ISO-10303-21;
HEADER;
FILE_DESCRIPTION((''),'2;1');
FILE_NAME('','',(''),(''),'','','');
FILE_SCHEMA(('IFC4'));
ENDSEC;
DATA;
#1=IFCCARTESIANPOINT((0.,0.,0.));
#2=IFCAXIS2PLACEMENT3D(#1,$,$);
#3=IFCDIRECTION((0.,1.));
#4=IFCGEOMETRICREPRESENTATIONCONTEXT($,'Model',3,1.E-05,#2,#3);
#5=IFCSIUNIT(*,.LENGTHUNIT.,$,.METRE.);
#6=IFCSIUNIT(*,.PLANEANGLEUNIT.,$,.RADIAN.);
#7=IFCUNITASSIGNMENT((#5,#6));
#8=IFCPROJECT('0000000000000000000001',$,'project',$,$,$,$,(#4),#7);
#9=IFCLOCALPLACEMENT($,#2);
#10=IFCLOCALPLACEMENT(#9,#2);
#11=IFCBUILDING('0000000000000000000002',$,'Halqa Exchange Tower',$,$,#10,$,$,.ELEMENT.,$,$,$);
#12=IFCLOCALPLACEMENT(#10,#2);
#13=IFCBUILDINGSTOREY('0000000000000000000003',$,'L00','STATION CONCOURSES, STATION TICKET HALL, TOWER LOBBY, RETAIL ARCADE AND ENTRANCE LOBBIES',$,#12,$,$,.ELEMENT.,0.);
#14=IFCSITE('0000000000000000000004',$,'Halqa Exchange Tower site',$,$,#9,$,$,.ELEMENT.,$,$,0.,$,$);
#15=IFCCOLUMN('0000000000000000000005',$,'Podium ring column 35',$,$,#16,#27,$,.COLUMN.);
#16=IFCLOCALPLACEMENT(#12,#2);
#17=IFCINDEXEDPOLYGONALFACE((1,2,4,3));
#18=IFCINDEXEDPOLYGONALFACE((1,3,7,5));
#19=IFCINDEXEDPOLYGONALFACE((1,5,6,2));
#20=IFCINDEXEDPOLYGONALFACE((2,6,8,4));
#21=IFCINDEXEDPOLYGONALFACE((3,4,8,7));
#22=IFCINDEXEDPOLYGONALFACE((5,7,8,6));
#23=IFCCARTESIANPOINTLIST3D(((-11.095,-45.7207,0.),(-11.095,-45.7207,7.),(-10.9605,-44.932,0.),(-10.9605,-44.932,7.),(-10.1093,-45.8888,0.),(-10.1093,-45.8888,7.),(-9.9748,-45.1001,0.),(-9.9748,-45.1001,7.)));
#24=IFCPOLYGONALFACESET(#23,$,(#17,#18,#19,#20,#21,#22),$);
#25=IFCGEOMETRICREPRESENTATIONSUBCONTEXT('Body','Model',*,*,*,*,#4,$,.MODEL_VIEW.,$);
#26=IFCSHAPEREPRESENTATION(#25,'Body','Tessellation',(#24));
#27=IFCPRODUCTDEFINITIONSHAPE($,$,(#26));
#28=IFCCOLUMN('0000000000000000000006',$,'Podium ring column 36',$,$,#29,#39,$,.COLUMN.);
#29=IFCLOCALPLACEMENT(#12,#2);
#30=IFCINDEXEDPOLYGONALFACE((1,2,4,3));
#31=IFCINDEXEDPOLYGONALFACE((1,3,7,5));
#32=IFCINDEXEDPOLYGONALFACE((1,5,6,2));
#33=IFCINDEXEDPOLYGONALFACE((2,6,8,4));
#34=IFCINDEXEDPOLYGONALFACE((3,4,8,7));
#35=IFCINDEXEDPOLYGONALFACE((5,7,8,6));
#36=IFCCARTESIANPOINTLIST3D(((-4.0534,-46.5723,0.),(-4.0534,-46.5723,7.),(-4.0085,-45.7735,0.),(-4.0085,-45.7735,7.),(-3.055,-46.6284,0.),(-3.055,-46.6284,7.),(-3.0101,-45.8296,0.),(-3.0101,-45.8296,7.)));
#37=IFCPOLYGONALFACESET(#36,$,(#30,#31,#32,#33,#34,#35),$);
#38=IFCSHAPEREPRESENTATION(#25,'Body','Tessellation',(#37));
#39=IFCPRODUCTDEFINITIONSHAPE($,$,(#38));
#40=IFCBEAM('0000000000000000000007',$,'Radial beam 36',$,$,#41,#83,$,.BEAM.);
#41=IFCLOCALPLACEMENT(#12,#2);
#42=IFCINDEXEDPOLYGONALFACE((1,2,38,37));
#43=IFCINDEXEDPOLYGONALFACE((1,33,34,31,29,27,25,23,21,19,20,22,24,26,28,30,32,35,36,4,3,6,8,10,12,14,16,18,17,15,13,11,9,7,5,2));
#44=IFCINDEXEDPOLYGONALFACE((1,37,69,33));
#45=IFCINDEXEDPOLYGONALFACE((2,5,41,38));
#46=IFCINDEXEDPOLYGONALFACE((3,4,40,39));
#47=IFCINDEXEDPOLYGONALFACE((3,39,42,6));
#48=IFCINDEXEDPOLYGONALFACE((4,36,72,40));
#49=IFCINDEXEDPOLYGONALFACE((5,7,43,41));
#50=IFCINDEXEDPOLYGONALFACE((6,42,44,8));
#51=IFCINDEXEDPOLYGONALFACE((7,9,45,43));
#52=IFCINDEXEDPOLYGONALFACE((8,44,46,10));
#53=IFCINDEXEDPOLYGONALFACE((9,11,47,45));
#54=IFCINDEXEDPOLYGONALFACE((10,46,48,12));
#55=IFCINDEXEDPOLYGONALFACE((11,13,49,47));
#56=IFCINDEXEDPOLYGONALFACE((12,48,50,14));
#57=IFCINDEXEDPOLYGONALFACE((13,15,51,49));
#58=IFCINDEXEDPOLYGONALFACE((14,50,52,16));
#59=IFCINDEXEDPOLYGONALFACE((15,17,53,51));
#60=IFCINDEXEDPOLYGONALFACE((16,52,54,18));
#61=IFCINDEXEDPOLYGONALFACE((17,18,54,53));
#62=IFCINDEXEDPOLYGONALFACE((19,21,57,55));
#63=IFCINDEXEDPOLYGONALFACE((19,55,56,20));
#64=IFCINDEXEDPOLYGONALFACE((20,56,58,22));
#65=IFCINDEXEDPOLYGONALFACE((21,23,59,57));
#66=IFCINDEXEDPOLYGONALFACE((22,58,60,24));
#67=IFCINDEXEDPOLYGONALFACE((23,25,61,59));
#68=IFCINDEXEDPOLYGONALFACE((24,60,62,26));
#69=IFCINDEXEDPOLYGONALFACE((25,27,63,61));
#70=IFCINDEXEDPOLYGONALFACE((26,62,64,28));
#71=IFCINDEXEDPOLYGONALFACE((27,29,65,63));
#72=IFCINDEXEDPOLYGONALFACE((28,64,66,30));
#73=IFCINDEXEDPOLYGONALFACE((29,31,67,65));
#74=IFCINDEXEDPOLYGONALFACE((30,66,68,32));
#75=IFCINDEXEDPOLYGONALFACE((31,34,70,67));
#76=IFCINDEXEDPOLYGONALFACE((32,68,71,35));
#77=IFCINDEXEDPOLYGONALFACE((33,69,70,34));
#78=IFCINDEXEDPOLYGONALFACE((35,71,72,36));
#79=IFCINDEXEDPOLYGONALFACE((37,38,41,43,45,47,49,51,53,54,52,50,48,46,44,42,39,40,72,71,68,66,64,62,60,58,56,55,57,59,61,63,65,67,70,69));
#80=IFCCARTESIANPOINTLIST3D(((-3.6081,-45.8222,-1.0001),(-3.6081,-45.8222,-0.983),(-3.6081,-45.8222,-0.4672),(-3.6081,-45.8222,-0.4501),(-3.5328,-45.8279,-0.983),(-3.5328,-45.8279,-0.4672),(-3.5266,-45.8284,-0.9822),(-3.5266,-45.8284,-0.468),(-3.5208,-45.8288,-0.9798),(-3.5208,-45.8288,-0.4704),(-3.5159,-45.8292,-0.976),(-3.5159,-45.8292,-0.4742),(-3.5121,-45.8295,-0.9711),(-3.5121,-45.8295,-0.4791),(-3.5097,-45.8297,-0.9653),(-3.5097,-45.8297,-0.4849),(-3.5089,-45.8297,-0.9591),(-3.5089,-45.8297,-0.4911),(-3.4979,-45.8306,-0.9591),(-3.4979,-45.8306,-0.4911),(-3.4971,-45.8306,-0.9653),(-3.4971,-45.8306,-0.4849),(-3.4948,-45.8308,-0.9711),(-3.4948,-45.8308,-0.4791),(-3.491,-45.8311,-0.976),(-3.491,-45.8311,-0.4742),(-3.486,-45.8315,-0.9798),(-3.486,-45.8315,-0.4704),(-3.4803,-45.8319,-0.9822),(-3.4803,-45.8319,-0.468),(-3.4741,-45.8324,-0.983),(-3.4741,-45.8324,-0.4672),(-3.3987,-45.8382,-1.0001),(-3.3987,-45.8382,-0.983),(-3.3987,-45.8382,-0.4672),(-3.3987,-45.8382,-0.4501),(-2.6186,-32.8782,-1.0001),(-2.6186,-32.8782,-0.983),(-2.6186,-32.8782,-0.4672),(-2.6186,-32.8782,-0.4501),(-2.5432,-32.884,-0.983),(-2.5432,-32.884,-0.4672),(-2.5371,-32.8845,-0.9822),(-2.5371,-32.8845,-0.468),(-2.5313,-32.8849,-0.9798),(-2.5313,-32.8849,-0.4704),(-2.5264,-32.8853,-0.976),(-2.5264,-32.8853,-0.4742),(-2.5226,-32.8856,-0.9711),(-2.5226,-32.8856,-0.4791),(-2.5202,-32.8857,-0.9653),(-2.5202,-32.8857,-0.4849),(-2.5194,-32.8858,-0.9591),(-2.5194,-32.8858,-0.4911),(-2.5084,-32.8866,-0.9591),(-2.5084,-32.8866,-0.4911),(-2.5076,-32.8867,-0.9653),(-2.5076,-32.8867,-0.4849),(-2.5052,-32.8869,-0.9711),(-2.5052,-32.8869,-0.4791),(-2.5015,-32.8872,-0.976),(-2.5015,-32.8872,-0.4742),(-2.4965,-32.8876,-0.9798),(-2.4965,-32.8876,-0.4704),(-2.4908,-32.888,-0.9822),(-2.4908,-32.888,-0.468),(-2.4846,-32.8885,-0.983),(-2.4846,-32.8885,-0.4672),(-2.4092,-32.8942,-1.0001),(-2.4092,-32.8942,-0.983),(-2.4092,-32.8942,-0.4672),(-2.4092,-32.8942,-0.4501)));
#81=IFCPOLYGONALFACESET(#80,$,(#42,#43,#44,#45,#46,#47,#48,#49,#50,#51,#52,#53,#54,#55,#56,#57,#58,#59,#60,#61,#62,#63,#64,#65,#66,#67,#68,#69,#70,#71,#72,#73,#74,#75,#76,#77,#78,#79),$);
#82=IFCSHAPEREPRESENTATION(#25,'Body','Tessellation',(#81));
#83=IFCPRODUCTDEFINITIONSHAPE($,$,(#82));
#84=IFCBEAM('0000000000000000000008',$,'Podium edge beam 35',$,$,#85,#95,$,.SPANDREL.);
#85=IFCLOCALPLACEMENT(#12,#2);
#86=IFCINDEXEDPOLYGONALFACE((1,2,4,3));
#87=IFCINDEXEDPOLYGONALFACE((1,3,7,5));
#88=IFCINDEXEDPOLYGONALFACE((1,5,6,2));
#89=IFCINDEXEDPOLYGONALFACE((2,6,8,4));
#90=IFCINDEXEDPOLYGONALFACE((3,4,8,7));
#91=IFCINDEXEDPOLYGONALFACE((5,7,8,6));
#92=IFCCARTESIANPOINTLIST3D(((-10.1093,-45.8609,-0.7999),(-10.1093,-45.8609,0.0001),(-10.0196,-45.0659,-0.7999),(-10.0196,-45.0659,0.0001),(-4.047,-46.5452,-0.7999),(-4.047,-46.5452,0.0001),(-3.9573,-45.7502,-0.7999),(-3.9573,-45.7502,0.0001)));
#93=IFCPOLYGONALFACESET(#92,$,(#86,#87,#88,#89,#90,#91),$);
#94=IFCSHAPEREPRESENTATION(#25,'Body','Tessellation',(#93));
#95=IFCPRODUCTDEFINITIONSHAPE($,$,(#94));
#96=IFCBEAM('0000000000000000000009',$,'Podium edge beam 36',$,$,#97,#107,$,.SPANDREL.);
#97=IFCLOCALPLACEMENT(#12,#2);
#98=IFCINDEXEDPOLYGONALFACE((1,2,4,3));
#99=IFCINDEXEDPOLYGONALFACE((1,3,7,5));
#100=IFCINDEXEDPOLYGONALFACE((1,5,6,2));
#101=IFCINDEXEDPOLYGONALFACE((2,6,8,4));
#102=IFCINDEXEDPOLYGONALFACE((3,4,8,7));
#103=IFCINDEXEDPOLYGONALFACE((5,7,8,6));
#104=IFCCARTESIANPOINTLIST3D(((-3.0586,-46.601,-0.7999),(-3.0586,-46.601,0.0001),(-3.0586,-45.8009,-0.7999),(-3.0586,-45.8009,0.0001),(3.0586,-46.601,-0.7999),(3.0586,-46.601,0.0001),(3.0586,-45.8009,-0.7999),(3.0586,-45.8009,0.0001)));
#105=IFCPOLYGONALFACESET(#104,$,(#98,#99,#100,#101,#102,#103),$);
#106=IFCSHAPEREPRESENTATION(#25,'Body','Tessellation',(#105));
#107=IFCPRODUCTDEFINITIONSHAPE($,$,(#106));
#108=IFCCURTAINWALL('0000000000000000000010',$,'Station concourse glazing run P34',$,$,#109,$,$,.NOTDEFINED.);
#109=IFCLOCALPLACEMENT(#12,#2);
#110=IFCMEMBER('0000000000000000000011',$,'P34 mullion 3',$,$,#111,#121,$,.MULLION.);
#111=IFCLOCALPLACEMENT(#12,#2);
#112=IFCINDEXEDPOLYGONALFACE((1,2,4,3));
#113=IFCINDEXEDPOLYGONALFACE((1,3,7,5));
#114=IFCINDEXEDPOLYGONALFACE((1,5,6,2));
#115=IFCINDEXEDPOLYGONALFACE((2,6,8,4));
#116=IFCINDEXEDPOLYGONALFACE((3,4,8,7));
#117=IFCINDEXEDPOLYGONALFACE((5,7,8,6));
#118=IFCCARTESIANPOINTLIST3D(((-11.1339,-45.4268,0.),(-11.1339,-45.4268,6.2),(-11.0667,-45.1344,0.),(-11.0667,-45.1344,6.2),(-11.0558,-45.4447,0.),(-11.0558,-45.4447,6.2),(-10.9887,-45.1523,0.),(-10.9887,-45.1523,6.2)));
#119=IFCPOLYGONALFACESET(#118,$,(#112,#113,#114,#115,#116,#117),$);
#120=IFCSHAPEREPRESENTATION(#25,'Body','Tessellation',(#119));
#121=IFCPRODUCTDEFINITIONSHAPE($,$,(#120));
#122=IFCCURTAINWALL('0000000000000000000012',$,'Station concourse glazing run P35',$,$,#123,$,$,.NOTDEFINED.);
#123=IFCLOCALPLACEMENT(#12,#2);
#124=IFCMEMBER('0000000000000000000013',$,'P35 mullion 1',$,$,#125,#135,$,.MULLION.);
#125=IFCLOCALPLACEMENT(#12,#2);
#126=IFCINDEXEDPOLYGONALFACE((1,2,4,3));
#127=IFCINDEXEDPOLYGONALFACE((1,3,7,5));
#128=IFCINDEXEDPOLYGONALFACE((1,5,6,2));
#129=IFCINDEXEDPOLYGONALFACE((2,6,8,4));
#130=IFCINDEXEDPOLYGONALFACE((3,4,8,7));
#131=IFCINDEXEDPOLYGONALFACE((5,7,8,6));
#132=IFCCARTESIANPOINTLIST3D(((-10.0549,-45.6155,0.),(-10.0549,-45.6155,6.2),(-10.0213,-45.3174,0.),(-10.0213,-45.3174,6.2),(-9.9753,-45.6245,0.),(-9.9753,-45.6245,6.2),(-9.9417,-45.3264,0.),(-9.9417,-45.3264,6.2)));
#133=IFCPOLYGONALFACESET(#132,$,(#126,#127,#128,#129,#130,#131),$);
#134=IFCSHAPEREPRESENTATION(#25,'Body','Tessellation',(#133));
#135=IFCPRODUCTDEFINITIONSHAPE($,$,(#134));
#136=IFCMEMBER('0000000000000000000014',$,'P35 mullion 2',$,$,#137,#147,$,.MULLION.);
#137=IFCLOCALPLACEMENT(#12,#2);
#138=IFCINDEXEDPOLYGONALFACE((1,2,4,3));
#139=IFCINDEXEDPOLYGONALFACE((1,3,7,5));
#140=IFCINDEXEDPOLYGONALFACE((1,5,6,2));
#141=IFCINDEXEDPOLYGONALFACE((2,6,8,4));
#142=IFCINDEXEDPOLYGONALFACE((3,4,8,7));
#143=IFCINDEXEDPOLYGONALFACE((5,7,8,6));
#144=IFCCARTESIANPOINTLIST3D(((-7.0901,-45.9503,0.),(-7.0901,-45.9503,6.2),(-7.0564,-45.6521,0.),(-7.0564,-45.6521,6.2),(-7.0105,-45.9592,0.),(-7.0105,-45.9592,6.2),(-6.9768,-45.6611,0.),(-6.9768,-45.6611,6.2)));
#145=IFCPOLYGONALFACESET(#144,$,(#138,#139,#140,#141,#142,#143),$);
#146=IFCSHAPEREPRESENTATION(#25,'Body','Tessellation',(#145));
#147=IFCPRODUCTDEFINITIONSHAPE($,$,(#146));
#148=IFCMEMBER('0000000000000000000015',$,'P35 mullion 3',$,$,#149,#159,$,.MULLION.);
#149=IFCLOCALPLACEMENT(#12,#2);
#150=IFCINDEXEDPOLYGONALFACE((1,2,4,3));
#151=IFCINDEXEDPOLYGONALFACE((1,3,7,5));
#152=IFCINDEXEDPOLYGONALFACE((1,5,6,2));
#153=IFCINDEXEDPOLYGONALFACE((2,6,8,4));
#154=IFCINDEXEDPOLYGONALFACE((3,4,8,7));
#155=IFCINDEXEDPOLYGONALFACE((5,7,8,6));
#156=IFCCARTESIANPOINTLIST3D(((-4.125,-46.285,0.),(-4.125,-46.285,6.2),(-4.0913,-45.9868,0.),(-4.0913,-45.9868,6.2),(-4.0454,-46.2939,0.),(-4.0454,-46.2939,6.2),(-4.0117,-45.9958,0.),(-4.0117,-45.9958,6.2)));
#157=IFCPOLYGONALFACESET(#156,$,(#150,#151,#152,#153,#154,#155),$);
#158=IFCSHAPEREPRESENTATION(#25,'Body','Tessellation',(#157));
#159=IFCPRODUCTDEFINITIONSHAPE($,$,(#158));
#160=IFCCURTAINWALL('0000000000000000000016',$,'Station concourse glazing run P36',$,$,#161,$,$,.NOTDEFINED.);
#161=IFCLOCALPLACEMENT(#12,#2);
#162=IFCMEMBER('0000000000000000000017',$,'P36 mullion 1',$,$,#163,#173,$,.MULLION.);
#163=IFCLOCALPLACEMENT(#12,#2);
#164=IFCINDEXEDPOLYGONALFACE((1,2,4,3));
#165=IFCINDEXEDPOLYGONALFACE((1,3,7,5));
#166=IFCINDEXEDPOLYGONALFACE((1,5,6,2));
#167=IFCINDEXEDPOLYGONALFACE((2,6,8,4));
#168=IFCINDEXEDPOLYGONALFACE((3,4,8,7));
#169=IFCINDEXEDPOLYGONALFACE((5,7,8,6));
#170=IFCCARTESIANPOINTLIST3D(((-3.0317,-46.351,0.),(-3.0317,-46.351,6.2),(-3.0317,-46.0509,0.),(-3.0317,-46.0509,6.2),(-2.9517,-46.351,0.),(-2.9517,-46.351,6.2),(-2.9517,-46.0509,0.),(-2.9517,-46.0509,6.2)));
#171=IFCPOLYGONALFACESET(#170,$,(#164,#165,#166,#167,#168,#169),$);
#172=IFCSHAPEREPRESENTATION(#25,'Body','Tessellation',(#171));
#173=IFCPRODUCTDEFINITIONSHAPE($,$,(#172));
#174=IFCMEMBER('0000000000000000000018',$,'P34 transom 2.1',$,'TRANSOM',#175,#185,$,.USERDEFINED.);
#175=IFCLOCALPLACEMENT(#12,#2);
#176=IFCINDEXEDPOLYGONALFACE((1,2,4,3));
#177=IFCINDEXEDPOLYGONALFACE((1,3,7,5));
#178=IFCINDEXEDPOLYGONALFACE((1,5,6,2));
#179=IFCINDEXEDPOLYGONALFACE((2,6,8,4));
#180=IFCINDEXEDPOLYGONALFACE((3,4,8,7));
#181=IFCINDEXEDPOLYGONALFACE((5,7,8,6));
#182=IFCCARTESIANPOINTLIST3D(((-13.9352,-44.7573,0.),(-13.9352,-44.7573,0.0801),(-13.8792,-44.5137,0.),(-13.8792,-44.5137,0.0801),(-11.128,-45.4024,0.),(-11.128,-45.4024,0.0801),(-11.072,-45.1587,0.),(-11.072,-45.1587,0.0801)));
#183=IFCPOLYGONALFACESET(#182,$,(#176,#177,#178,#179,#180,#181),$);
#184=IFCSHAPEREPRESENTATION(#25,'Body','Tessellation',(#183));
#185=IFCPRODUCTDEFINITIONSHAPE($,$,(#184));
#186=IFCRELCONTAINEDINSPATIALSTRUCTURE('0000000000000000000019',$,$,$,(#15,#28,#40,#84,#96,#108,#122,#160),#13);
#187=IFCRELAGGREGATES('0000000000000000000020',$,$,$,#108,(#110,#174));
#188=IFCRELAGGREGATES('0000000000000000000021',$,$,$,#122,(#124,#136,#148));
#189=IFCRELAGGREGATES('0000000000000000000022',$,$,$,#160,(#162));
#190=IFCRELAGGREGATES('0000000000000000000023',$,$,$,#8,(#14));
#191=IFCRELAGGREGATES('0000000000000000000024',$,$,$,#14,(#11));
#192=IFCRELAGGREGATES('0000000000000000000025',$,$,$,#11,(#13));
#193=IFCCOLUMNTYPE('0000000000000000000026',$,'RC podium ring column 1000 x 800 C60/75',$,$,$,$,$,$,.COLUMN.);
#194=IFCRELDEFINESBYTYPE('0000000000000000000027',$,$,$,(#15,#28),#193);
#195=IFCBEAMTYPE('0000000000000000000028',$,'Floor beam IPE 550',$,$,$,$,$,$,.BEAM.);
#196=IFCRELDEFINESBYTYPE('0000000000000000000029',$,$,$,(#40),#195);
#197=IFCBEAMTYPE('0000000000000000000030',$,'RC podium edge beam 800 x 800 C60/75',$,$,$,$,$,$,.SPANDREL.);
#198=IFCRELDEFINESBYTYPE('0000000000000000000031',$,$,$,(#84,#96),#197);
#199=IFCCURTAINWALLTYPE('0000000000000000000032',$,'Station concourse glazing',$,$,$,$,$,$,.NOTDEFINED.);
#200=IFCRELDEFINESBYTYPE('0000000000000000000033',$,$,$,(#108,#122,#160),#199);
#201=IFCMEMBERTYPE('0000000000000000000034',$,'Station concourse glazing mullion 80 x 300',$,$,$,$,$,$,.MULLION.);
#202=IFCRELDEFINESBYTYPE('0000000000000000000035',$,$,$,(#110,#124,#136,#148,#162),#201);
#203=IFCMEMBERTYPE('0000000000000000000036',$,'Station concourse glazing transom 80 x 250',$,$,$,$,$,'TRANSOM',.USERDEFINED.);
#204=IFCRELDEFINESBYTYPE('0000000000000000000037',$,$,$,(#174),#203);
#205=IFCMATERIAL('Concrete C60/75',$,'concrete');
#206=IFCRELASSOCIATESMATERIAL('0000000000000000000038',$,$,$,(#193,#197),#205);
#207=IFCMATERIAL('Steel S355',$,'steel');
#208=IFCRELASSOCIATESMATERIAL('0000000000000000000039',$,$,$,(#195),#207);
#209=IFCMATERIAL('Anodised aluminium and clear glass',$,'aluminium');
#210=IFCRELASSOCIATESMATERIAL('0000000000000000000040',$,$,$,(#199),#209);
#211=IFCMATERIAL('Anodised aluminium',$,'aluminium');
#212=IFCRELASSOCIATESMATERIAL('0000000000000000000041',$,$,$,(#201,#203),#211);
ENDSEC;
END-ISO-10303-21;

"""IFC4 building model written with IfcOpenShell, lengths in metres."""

from ifc_helpers import new_model, si_unit, direction, frame, origin, origin_2d, place, context, subcontext, project, spatial, rectangle, i_section, extrude, material, material_profile, profile_set, type_object, element, aggregate, save


model = new_model("IFC4")

# Units and contexts
model_context = context("Model", 3, precision=1e-05, world=origin(), true_north=direction((0.0, 1.0)))
body_context = subcontext(model_context, "Body", "Model", "MODEL_VIEW")
ifc_project = project(units=[si_unit("LENGTHUNIT", "METRE"), si_unit("PLANEANGLEUNIT", "RADIAN")], contexts=[model_context])

# Site, building, storey
site_placement = place(None, origin())
site = spatial("IfcSite", under=ifc_project, at=site_placement, Name="Halqa Exchange Tower site", CompositionType="ELEMENT", RefElevation=0.0)
building_placement = place(site_placement, origin())
building = spatial("IfcBuilding", under=site, at=building_placement, Name="Halqa Exchange Tower", CompositionType="ELEMENT")
storey_placement = place(building_placement, origin())
storey = spatial("IfcBuildingStorey", under=building, at=storey_placement, Name="L00", Description="STATION CONCOURSES, STATION TICKET HALL, TOWER LOBBY, RETAIL ARCADE AND ENTRANCE LOBBIES", CompositionType="ELEMENT", Elevation=0.0)

# Columns
ifc_material_1 = material(Name="Concrete C60/75", Category="concrete")
ifc_material_profile_1 = material_profile(ifc_material_1, rectangle(XDim=1.0, YDim=0.8, at=origin_2d()), Name="1000 x 800")
ifc_profile_set_1 = profile_set([ifc_material_profile_1], Name="Concrete C60/75")
column_type = type_object("IfcColumnType", Name="RC podium ring column 1000 x 800 C60/75", PredefinedType="COLUMN", material=ifc_profile_set_1)
for number, where, z_axis, x_axis, name in (
    (1, (-10.5349, -45.4104, 0.0), (0.0, 0.0, 1.0), (0.985766, -0.168121, 0.0), "Podium ring column 35"),
    (2, (-3.5317, -46.2009, 0.0), (0.0, 0.0, 1.0), (0.998425, -0.056107, 0.0), "Podium ring column 36"),
):
    element("IfcColumn", number, at=place(storey_placement, frame(where, z_axis=z_axis, x_axis=x_axis)), inside=storey, type_object=column_type, Name=name, PredefinedType="COLUMN", context=body_context, shape_type="SweptSolid", body=[
        extrude(rectangle(XDim=1.0, YDim=0.8, at=origin_2d()), origin(), (0.0, 0.0, 1.0), 7.0),
    ])

# Beams
ifc_material_2 = material(Name="Steel S355", Category="steel")
ifc_material_profile_2 = material_profile(ifc_material_2, i_section(OverallWidth=0.21, OverallDepth=0.55, WebThickness=0.011, FlangeThickness=0.0171, FilletRadius=0.0239, at=origin_2d()), Name="IPE 550")
ifc_profile_set_2 = profile_set([ifc_material_profile_2], Name="Steel S355")
beam_type_1 = type_object("IfcBeamType", Name="Floor beam IPE 550", PredefinedType="BEAM", material=ifc_profile_set_2)
beam_1_placement = place(storey_placement, frame((-2.5139, -32.8862, -0.7251), z_axis=(-0.076223, -0.997091, 0.0), x_axis=(0.997091, -0.076223, 0.0)))
element("IfcBeam", 3, at=beam_1_placement, inside=storey, type_object=beam_type_1, Name="Radial beam 36", PredefinedType="BEAM", context=body_context, shape_type="SweptSolid", body=[
    extrude(i_section(OverallWidth=0.21, OverallDepth=0.55, WebThickness=0.011, FlangeThickness=0.0171, FilletRadius=0.0239, at=origin_2d()), origin(), (0.0, 0.0, 1.0), 12.9817),
])
ifc_material_profile_3 = material_profile(ifc_material_1, rectangle(XDim=0.8, YDim=0.8, at=origin_2d()), Name="800 x 800")
ifc_profile_set_3 = profile_set([ifc_material_profile_3], Name="Concrete C60/75")
beam_type_2 = type_object("IfcBeamType", Name="RC podium edge beam 800 x 800 C60/75", PredefinedType="SPANDREL", material=ifc_profile_set_3)
beam_2_placement = place(storey_placement, frame((-10.0645, -45.4634, -0.3999), z_axis=(0.993689, -0.112171, 0.0), x_axis=(0.112171, 0.993689, 0.0)))
element("IfcBeam", 4, at=beam_2_placement, inside=storey, type_object=beam_type_2, Name="Podium edge beam 35", PredefinedType="SPANDREL", context=body_context, shape_type="SweptSolid", body=[
    extrude(rectangle(XDim=0.8, YDim=0.8, at=origin_2d()), origin(), (0.0, 0.0, 1.0), 6.1008),
])
beam_3_placement = place(storey_placement, frame((-3.0586, -46.2009, -0.3999), z_axis=(1.0, 0.0, 0.0), x_axis=(0.0, 1.0, 0.0)))
element("IfcBeam", 5, at=beam_3_placement, inside=storey, type_object=beam_type_2, Name="Podium edge beam 36", PredefinedType="SPANDREL", context=body_context, shape_type="SweptSolid", body=[
    extrude(rectangle(XDim=0.8, YDim=0.8, at=origin_2d()), origin(), (0.0, 0.0, 1.0), 6.1172),
])

# Curtain wall, member
ifc_material_3 = material(Name="Anodised aluminium and clear glass", Category="aluminium")
curtain_wall_type = type_object("IfcCurtainWallType", Name="Station concourse glazing", PredefinedType="NOTDEFINED", material=ifc_material_3)
curtain_wall_1_placement = place(storey_placement, origin())
curtain_wall_1 = element("IfcCurtainWall", 6, at=curtain_wall_1_placement, inside=storey, type_object=curtain_wall_type, Name="Station concourse glazing run P34", PredefinedType="NOTDEFINED")
ifc_material_4 = material(Name="Anodised aluminium", Category="aluminium")
ifc_material_profile_4 = material_profile(ifc_material_4, rectangle(XDim=0.3, YDim=0.0801, at=origin_2d()), Name="AL 80x300")
ifc_profile_set_4 = profile_set([ifc_material_profile_4], Name="Anodised aluminium")
member_type_1 = type_object("IfcMemberType", Name="Station concourse glazing mullion 80 x 300", PredefinedType="MULLION", material=ifc_profile_set_4)
member_1_placement = place(storey_placement, frame((-11.0613, -45.2896, 0.0), z_axis=(0.0, 0.0, 1.0), x_axis=(0.223897, 0.974613, 0.0)))
member_1 = element("IfcMember", 7, at=member_1_placement, type_object=member_type_1, Name="P34 mullion 3", PredefinedType="MULLION", context=body_context, shape_type="SweptSolid", body=[
    extrude(rectangle(XDim=0.3, YDim=0.0801, at=origin_2d()), origin(), (0.0, 0.0, 1.0), 6.2),
])

# Curtain wall, members
curtain_wall_2_placement = place(storey_placement, origin())
curtain_wall_2 = element("IfcCurtainWall", 8, at=curtain_wall_2_placement, inside=storey, type_object=curtain_wall_type, Name="Station concourse glazing run P35", PredefinedType="NOTDEFINED")
member_2_placement = place(storey_placement, frame((-9.9983, -45.4709, 0.0), z_axis=(0.0, 0.0, 1.0), x_axis=(0.112159, 0.99369, 0.0)))
member_2 = element("IfcMember", 9, at=member_2_placement, type_object=member_type_1, Name="P35 mullion 1", PredefinedType="MULLION", context=body_context, shape_type="SweptSolid", body=[
    extrude(rectangle(XDim=0.3, YDim=0.0801, at=origin_2d()), origin(), (0.0, 0.0, 1.0), 6.2),
])
member_3_placement = place(storey_placement, frame((-7.0334, -45.8057, 0.0), z_axis=(0.0, 0.0, 1.0), x_axis=(0.112159, 0.99369, 0.0)))
member_3 = element("IfcMember", 10, at=member_3_placement, type_object=member_type_1, Name="P35 mullion 2", PredefinedType="MULLION", context=body_context, shape_type="SweptSolid", body=[
    extrude(rectangle(XDim=0.3, YDim=0.0801, at=origin_2d()), origin(), (0.0, 0.0, 1.0), 6.2),
])
member_4_placement = place(storey_placement, frame((-4.0684, -46.1404, 0.0), z_axis=(0.0, 0.0, 1.0), x_axis=(0.112159, 0.99369, 0.0)))
member_4 = element("IfcMember", 11, at=member_4_placement, type_object=member_type_1, Name="P35 mullion 3", PredefinedType="MULLION", context=body_context, shape_type="SweptSolid", body=[
    extrude(rectangle(XDim=0.3, YDim=0.0801, at=origin_2d()), origin(), (0.0, 0.0, 1.0), 6.2),
])

# Curtain wall, member
curtain_wall_3_placement = place(storey_placement, origin())
curtain_wall_3 = element("IfcCurtainWall", 12, at=curtain_wall_3_placement, inside=storey, type_object=curtain_wall_type, Name="Station concourse glazing run P36", PredefinedType="NOTDEFINED")
member_5_placement = place(storey_placement, frame((-2.9917, -46.2009, 0.0), z_axis=(0.0, 0.0, 1.0), x_axis=(0.0, 1.0, 0.0)))
member_5 = element("IfcMember", 13, at=member_5_placement, type_object=member_type_1, Name="P36 mullion 1", PredefinedType="MULLION", context=body_context, shape_type="SweptSolid", body=[
    extrude(rectangle(XDim=0.3, YDim=0.0801, at=origin_2d()), origin(), (0.0, 0.0, 1.0), 6.2),
])

# Member
ifc_material_profile_5 = material_profile(ifc_material_4, rectangle(XDim=0.25, YDim=0.0801, at=origin_2d()), Name="AL 80x250")
ifc_profile_set_5 = profile_set([ifc_material_profile_5], Name="Anodised aluminium")
member_type_2 = type_object("IfcMemberType", Name="Station concourse glazing transom 80 x 250", ElementType="TRANSOM", PredefinedType="USERDEFINED", material=ifc_profile_set_5)
member_6_placement = place(storey_placement, frame((-13.9072, -44.6355, 0.04), z_axis=(0.974602, -0.223943, 0.0), x_axis=(0.223943, 0.974602, 0.0)))
member_6 = element("IfcMember", 14, at=member_6_placement, type_object=member_type_2, Name="P34 transom 2.1", ObjectType="TRANSOM", PredefinedType="USERDEFINED", context=body_context, shape_type="SweptSolid", body=[
    extrude(rectangle(XDim=0.25, YDim=0.0801, at=origin_2d()), origin(), (0.0, 0.0, 1.0), 2.8804),
])

aggregate(curtain_wall_1, [member_1, member_6])
aggregate(curtain_wall_2, [member_2, member_3, member_4])
aggregate(curtain_wall_3, [member_5])

save(model, "model.ifc")
